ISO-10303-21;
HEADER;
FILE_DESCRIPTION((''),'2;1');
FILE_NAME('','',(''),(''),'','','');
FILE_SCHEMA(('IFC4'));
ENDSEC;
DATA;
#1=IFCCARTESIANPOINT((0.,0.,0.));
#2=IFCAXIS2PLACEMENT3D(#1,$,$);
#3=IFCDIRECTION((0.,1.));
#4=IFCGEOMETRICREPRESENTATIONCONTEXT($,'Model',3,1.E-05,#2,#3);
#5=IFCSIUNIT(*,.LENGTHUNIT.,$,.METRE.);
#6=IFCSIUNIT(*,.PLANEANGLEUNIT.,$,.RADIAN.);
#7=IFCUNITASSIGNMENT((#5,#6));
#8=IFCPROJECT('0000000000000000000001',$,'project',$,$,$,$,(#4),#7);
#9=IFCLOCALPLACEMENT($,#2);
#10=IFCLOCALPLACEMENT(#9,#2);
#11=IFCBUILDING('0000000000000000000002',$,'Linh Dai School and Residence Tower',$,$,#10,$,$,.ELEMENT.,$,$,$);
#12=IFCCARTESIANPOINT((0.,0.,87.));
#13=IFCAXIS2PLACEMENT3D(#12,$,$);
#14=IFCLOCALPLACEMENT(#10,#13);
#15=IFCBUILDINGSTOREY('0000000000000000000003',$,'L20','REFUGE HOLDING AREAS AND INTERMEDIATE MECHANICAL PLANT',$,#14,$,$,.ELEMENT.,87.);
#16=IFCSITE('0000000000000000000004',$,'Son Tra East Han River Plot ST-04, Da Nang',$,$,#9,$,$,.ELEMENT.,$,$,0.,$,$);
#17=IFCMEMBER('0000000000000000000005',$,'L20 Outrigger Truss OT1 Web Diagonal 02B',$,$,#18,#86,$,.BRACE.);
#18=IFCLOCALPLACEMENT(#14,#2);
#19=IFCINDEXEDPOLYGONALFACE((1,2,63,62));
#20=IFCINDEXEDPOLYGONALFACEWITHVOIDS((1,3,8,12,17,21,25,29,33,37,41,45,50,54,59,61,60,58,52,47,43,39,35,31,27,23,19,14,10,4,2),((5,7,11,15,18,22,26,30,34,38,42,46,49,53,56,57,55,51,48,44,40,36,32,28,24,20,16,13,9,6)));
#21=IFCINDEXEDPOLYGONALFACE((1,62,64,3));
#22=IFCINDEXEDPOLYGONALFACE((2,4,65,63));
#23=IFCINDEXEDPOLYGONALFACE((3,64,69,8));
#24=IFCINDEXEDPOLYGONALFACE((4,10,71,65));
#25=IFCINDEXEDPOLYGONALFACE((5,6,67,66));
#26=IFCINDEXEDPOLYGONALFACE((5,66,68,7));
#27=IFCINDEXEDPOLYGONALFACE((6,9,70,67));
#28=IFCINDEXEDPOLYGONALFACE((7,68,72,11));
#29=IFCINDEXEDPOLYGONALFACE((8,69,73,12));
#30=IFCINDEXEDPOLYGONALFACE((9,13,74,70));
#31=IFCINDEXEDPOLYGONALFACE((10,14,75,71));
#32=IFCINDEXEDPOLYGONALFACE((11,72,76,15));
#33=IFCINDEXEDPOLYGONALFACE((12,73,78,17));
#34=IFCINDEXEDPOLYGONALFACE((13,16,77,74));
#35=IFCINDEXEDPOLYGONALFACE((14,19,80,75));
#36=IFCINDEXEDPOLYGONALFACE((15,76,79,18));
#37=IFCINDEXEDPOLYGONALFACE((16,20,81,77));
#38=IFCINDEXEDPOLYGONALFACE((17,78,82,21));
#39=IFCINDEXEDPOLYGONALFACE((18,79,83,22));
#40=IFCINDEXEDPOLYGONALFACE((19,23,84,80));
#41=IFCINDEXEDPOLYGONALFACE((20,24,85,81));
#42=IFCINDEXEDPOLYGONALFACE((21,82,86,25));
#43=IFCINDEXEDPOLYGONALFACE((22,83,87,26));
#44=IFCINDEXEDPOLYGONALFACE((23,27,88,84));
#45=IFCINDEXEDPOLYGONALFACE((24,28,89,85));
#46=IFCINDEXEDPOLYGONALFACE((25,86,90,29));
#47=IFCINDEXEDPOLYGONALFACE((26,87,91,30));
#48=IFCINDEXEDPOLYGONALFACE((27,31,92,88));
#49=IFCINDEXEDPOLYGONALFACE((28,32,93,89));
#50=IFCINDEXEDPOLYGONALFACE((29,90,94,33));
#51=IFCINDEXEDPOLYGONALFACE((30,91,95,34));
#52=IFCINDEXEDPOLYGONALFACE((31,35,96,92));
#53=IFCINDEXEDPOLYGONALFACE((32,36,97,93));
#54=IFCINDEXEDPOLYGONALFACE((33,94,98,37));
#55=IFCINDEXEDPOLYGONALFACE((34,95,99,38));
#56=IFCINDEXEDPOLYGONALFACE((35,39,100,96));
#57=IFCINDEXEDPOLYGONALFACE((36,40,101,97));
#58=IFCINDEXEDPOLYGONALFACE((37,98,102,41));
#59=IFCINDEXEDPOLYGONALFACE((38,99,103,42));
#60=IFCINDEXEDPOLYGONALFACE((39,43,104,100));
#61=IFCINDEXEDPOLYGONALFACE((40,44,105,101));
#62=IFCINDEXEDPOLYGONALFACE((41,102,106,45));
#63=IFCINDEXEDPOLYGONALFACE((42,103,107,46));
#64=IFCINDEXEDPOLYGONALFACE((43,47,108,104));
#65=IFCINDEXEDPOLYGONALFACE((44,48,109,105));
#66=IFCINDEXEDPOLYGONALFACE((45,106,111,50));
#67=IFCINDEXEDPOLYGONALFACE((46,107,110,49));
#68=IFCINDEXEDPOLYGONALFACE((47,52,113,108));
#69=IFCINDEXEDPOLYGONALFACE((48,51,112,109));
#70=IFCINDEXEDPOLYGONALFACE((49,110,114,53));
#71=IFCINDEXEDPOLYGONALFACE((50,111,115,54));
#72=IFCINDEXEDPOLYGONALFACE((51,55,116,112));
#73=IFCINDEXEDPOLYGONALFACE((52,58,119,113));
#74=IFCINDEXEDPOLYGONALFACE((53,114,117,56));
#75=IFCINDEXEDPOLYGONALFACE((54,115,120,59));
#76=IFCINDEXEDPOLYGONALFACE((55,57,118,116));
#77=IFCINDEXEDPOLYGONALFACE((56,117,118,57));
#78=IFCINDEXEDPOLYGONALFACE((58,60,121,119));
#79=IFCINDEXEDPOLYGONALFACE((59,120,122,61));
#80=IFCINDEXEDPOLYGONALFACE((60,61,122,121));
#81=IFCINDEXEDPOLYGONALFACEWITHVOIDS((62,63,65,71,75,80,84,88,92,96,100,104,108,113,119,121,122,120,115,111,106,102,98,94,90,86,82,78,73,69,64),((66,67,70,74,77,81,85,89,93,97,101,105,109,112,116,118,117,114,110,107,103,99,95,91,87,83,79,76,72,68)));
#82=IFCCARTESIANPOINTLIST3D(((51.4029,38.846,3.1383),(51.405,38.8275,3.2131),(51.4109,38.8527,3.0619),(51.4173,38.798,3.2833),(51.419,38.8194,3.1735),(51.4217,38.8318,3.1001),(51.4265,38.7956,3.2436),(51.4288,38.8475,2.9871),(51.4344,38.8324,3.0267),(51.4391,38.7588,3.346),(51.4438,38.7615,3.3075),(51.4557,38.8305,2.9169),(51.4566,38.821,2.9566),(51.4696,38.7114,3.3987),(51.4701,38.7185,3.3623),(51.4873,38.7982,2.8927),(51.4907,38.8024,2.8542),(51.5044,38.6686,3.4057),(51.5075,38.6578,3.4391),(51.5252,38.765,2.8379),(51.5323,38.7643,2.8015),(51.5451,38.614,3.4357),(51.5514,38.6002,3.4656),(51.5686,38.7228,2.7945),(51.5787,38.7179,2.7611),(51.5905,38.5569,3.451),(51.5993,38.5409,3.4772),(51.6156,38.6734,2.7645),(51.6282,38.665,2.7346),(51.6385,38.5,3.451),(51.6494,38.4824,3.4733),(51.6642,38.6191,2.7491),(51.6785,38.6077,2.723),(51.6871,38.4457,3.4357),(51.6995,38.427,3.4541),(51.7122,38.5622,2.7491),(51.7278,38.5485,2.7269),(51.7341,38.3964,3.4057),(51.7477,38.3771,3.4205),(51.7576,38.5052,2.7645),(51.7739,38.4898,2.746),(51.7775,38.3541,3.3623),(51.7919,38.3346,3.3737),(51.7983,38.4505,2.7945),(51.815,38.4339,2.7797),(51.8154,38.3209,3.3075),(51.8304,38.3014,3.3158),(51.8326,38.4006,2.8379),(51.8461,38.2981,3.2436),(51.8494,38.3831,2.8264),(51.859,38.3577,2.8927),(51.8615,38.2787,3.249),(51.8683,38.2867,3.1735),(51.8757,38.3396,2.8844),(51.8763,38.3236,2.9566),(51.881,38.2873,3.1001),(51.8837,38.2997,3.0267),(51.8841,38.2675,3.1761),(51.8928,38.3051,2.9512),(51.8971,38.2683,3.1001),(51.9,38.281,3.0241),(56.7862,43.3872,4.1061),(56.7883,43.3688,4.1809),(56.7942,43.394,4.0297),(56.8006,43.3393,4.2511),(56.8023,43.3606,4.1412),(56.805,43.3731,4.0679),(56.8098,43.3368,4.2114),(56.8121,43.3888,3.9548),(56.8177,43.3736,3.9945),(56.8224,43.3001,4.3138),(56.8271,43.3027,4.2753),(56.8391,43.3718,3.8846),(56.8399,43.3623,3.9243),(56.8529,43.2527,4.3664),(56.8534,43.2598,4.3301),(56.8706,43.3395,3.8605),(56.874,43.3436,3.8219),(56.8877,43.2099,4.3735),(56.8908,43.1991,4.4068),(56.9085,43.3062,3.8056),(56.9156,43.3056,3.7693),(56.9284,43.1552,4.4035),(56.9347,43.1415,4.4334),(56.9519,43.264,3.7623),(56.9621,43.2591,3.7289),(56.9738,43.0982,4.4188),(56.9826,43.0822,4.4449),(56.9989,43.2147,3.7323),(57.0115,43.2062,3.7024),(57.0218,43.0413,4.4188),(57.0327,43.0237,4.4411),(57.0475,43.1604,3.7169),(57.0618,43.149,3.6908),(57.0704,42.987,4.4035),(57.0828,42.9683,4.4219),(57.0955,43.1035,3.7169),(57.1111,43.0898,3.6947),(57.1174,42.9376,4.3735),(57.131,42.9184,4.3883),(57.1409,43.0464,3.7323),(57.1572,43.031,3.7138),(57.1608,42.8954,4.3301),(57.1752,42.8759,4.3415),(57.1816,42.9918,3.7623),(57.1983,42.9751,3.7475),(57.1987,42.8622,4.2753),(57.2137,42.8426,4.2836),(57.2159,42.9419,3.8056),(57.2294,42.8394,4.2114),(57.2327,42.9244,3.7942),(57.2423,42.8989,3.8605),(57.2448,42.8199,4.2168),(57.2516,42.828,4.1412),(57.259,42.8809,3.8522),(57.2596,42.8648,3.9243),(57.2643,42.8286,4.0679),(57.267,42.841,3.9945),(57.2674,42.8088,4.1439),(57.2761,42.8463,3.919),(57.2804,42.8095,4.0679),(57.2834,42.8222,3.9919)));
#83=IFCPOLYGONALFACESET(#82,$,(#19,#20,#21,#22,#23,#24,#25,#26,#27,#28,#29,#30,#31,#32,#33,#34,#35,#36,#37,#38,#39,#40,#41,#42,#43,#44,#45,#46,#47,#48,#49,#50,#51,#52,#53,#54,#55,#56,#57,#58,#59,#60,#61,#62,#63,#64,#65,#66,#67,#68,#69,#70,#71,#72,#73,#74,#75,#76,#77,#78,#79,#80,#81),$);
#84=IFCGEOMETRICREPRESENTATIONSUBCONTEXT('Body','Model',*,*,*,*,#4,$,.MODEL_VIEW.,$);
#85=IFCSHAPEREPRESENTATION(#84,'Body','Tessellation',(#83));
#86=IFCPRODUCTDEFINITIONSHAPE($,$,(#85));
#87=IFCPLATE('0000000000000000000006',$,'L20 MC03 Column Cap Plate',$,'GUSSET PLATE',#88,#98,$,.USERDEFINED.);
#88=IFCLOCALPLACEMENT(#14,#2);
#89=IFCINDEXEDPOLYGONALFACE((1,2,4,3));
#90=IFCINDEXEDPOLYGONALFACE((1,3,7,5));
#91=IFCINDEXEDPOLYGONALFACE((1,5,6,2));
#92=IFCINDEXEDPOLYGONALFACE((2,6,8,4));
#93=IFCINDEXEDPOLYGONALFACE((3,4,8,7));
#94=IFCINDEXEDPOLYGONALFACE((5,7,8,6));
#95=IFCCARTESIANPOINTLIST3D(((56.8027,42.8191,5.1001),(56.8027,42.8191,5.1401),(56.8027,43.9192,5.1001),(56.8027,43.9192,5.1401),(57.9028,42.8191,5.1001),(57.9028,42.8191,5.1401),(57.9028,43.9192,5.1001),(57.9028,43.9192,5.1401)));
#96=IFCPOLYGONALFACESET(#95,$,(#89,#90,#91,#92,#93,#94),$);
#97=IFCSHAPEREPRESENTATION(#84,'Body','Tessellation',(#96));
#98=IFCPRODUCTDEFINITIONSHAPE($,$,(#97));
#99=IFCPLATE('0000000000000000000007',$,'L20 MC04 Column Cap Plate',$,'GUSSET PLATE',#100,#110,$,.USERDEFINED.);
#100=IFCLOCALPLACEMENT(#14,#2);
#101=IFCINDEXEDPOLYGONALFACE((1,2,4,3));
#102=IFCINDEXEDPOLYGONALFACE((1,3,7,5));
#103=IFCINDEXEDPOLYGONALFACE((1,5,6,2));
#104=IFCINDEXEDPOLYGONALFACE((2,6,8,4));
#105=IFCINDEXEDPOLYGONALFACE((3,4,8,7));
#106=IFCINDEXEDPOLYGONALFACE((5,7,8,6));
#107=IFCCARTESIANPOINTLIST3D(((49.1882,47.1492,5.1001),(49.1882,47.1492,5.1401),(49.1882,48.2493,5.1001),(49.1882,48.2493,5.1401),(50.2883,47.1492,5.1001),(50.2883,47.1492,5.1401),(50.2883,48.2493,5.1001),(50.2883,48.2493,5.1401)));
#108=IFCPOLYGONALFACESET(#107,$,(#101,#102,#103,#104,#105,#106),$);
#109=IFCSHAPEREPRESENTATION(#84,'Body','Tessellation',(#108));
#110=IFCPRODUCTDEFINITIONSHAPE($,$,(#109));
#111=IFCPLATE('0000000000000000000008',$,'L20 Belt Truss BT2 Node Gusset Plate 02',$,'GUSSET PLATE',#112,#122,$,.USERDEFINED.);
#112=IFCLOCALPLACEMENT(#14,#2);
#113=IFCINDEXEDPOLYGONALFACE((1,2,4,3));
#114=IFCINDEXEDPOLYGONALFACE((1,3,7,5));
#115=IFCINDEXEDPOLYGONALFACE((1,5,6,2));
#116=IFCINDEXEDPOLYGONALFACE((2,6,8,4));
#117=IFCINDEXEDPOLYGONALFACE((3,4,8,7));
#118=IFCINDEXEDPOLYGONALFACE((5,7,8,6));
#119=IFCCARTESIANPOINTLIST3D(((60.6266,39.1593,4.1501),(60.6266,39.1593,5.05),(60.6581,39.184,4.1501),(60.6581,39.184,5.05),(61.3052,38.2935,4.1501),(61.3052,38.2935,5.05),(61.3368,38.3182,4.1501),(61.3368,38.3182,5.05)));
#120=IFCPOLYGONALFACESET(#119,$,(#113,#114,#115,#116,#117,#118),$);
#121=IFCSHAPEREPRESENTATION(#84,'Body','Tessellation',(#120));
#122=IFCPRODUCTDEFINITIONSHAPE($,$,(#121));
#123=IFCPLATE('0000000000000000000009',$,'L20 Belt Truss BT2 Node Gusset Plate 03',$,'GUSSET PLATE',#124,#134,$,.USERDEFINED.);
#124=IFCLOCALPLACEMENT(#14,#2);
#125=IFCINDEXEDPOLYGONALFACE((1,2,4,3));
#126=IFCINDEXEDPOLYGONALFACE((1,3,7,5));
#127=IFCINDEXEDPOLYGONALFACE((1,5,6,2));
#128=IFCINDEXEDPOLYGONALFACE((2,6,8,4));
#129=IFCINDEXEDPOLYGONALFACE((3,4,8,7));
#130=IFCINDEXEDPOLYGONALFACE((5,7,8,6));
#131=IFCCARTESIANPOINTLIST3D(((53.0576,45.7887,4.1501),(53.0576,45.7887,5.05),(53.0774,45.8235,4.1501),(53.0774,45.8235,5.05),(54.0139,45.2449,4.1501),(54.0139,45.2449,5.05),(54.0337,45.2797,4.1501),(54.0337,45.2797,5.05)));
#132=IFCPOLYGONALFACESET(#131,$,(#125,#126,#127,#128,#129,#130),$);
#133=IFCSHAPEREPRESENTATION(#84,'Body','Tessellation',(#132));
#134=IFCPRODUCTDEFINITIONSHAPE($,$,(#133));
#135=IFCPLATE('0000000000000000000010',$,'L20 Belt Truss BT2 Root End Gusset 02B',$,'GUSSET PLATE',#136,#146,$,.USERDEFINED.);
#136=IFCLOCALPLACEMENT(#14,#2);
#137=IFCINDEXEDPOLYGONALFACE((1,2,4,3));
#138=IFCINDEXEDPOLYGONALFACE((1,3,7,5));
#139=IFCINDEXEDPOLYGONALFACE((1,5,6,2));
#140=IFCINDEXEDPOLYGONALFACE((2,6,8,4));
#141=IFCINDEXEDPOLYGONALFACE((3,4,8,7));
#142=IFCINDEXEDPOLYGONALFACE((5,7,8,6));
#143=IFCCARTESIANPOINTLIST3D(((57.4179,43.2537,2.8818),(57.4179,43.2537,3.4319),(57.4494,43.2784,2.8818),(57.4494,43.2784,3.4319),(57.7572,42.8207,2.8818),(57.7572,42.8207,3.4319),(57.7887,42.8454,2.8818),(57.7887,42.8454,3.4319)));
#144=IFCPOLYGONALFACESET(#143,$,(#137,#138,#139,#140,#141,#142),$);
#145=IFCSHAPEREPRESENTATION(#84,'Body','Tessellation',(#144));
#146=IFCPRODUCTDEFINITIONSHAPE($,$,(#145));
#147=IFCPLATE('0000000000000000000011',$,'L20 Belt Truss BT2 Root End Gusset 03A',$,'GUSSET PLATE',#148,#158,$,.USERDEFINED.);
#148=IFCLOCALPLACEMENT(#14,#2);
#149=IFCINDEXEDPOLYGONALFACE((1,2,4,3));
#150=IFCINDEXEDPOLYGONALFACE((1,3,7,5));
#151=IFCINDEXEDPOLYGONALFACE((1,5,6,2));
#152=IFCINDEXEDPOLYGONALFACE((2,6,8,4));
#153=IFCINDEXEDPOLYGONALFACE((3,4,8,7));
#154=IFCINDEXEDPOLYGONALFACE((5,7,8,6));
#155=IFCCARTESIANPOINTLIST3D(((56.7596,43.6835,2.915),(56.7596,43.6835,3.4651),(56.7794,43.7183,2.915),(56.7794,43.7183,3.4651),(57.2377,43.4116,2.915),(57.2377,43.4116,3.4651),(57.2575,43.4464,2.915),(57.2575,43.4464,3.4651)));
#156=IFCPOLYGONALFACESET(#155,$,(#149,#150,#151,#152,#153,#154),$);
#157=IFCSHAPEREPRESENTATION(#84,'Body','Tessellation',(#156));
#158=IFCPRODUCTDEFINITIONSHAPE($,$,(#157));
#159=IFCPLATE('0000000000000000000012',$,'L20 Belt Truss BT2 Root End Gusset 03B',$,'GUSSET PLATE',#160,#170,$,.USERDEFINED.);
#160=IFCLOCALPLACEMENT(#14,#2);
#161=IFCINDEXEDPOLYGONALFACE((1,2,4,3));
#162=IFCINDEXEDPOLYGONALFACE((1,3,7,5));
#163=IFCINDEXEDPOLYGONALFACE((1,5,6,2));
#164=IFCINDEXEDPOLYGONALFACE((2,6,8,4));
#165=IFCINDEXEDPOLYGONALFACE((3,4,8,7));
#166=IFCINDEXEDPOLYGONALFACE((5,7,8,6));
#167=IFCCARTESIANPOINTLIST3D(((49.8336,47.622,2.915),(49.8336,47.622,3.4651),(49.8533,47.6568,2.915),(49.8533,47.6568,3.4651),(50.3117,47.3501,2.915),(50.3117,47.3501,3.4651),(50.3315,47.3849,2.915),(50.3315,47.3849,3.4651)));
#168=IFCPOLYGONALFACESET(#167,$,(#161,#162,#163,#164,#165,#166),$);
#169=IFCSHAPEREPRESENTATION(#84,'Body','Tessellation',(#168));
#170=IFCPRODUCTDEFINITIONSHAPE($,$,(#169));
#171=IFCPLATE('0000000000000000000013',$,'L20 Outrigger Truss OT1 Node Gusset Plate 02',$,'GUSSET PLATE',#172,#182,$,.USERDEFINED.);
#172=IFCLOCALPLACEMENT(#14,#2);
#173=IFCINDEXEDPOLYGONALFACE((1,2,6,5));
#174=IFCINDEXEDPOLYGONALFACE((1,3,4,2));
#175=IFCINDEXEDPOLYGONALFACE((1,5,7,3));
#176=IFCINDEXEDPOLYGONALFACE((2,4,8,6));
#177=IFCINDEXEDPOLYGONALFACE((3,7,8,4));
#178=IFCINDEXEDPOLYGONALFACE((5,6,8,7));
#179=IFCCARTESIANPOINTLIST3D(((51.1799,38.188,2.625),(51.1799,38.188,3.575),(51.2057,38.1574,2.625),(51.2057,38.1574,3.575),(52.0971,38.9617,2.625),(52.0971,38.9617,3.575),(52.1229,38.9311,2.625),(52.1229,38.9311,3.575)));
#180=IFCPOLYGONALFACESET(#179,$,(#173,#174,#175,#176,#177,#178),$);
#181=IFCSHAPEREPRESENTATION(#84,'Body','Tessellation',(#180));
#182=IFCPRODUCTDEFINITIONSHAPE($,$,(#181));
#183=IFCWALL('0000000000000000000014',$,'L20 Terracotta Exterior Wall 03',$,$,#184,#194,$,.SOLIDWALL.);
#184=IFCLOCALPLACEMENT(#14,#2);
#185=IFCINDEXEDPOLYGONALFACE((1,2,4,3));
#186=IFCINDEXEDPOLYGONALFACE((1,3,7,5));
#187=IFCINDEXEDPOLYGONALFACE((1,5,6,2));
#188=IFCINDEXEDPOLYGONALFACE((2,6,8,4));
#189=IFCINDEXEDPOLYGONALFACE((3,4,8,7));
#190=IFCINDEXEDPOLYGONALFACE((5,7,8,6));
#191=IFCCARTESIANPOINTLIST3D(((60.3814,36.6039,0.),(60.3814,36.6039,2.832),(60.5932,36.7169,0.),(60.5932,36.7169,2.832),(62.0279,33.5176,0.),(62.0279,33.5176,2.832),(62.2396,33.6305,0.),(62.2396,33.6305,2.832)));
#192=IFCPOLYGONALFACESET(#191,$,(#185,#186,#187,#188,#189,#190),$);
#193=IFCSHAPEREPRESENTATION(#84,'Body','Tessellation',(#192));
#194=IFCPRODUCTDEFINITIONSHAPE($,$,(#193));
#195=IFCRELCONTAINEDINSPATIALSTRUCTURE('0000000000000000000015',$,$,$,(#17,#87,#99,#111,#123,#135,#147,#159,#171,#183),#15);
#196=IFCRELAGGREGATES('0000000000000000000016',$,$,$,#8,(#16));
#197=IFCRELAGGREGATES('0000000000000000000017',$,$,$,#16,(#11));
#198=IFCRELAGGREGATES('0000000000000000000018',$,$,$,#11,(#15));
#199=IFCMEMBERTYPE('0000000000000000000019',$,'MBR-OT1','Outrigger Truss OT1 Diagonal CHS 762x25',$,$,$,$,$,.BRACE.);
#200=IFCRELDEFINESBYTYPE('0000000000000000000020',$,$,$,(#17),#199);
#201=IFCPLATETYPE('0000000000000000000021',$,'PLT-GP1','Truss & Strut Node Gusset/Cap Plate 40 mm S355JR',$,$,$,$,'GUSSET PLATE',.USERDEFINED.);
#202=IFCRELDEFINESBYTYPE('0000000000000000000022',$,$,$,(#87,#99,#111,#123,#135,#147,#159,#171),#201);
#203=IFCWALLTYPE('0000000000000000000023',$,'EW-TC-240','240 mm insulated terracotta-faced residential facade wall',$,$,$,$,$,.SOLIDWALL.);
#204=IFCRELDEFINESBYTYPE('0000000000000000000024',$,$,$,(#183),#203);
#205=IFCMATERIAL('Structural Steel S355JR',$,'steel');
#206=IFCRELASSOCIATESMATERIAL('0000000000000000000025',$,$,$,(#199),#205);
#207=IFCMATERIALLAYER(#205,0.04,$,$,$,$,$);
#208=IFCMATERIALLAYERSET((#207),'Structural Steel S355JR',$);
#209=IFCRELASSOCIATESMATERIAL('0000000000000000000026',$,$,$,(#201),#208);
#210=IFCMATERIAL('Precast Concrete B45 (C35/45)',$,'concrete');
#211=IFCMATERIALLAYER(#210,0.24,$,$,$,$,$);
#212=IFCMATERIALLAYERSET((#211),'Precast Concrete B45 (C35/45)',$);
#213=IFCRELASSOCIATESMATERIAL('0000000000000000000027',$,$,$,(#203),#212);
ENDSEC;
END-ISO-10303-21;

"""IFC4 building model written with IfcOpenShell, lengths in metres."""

from ifc_helpers import new_model, si_unit, direction, frame, frame_2d, origin, origin_2d, place, context, subcontext, project, spatial, rectangle, hollow_circle, extrude, source, transform, mapped, material, layer, layer_set, material_profile, profile_set, type_object, element, save


model = new_model("IFC4")

# Units and contexts
model_context = context("Model", 3, precision=1e-05, world=origin(), true_north=direction((0.0, 1.0)))
body_context = subcontext(model_context, "Body", "Model", "MODEL_VIEW")
ifc_project = project(units=[si_unit("LENGTHUNIT", "METRE"), si_unit("PLANEANGLEUNIT", "RADIAN")], contexts=[model_context])

# Site, building, storey
site_placement = place(None, origin())
site = spatial("IfcSite", under=ifc_project, at=site_placement, Name="Son Tra East Han River Plot ST-04, Da Nang", CompositionType="ELEMENT", RefElevation=0.0)
building_placement = place(site_placement, origin())
building = spatial("IfcBuilding", under=site, at=building_placement, Name="Linh Dai School and Residence Tower", CompositionType="ELEMENT")
storey_placement = place(building_placement, frame((0.0, 0.0, 87.0)))
storey = spatial("IfcBuildingStorey", under=building, at=storey_placement, Name="L20", Description="REFUGE HOLDING AREAS AND INTERMEDIATE MECHANICAL PLANT", CompositionType="ELEMENT", Elevation=87.0)

# Shared definitions
ifc_material_1 = material(Name="Structural Steel S355JR", Category="steel")

# Member
ifc_material_profile_1 = material_profile(ifc_material_1, hollow_circle(Radius=0.3811, WallThickness=0.0249, at=origin_2d()), Name="CHS 762x25")
ifc_profile_set_1 = profile_set([ifc_material_profile_1], Name="Structural Steel S355JR")
member_type_1 = type_object("IfcMemberType", Name="MBR-OT1", Description="Outrigger Truss OT1 Diagonal CHS 762x25", PredefinedType="BRACE", material=ifc_profile_set_1)
member_1_placement = place(storey_placement, frame((57.0347, 43.1008, 4.0679), z_axis=(-0.757239, -0.638794, -0.136131), x_axis=(0.644796, -0.764354, 0.0)))
element("IfcMember", 1, at=member_1_placement, inside=storey, type_object=member_type_1, Name="L20 Outrigger Truss OT1 Web Diagonal 02B", PredefinedType="BRACE", context=body_context, shape_type="SweptSolid", body=[
    extrude(hollow_circle(Radius=0.3811, WallThickness=0.0249, at=origin_2d()), origin(), (0.0, 0.0, 1.0), 7.1091),
])

# Plates
ifc_layer_1 = layer(ifc_material_1, 0.04)
ifc_layer_set_1 = layer_set([ifc_layer_1], Name="Structural Steel S355JR")
plate_type = type_object("IfcPlateType", Name="PLT-GP1", Description="Truss & Strut Node Gusset/Cap Plate 40 mm S355JR", ElementType="GUSSET PLATE", PredefinedType="USERDEFINED", material=ifc_layer_set_1)
shared_shape_1 = source(origin(), body_context, "Body", "SweptSolid", [
    extrude(rectangle(XDim=1.1001, YDim=1.1001, at=origin_2d()), origin(), (0.0, 0.0, 1.0), 0.04),
])
for number, where, z_axis, x_axis, name in (
    (2, (57.3528, 43.3691, 5.1001), (0.0, 0.0, 1.0), (1.0, 0.0, 0.0), "L20 MC03 Column Cap Plate"),
    (3, (49.7383, 47.6992, 5.1001), (0.0, 0.0, 1.0), (1.0, 0.0, 0.0), "L20 MC04 Column Cap Plate"),
):
    element("IfcPlate", number, at=place(storey_placement, frame(where, z_axis=z_axis, x_axis=x_axis)), inside=storey, type_object=plate_type, Name=name, ObjectType="GUSSET PLATE", PredefinedType="USERDEFINED", context=body_context, shape_type="MappedRepresentation", body=[
        mapped(shared_shape_1, transform((0.0, 0.0, 0.0), x_axis=(1.0, 0.0, 0.0), y_axis=(0.0, 1.0, 0.0), z_axis=(0.0, 0.0, 1.0), scale=1.0)),
    ])
shared_shape_2 = source(origin(), body_context, "Body", "SweptSolid", [
    extrude(rectangle(XDim=1.1001, YDim=0.04, at=origin_2d()), origin(), (0.0, 0.0, 1.0), 0.8999),
])
for number, where, z_axis, x_axis, name in (
    (4, (60.9817, 38.7388, 4.1501), (0.0, 0.0, 1.0), (-0.616865, 0.787069, 0.0), "L20 Belt Truss BT2 Node Gusset Plate 02"),
    (5, (53.5457, 45.5342, 4.1501), (0.0, 0.0, 1.0), (-0.869278, 0.494323, 0.0), "L20 Belt Truss BT2 Node Gusset Plate 03"),
):
    element("IfcPlate", number, at=place(storey_placement, frame(where, z_axis=z_axis, x_axis=x_axis)), inside=storey, type_object=plate_type, Name=name, ObjectType="GUSSET PLATE", PredefinedType="USERDEFINED", context=body_context, shape_type="MappedRepresentation", body=[
        mapped(shared_shape_2, transform((0.0, 0.0, 0.0), x_axis=(1.0, 0.0, 0.0), y_axis=(0.0, 1.0, 0.0), z_axis=(0.0, 0.0, 1.0), scale=1.0)),
    ])
shared_shape_3 = source(origin(), body_context, "Body", "SweptSolid", [
    extrude(rectangle(XDim=0.55, YDim=0.04, at=origin_2d()), origin(), (0.0, 0.0, 1.0), 0.55),
])
for number, where, z_axis, x_axis, name in (
    (6, (57.6033, 43.0496, 2.8818), (0.0, 0.0, 1.0), (-0.616865, 0.787069, 0.0), "L20 Belt Truss BT2 Root End Gusset 02B"),
    (7, (57.0085, 43.5649, 2.915), (0.0, 0.0, 1.0), (-0.869278, 0.494323, 0.0), "L20 Belt Truss BT2 Root End Gusset 03A"),
    (8, (50.0825, 47.5034, 2.915), (0.0, 0.0, 1.0), (-0.869278, 0.494323, 0.0), "L20 Belt Truss BT2 Root End Gusset 03B"),
):
    element("IfcPlate", number, at=place(storey_placement, frame(where, z_axis=z_axis, x_axis=x_axis)), inside=storey, type_object=plate_type, Name=name, ObjectType="GUSSET PLATE", PredefinedType="USERDEFINED", context=body_context, shape_type="MappedRepresentation", body=[
        mapped(shared_shape_3, transform((0.0, 0.0, 0.0), x_axis=(1.0, 0.0, 0.0), y_axis=(0.0, 1.0, 0.0), z_axis=(0.0, 0.0, 1.0), scale=1.0)),
    ])
shared_shape_4 = source(origin(), body_context, "Body", "SweptSolid", [
    extrude(rectangle(XDim=1.2, YDim=0.04, at=origin_2d()), origin(), (0.0, 0.0, 1.0), 0.95),
])
plate_placement = place(storey_placement, frame((51.6514, 38.5596, 2.625), z_axis=(0.0, 0.0, 1.0), x_axis=(0.764354, 0.644796, 0.0)))
element("IfcPlate", 9, at=plate_placement, inside=storey, type_object=plate_type, Name="L20 Outrigger Truss OT1 Node Gusset Plate 02", ObjectType="GUSSET PLATE", PredefinedType="USERDEFINED", context=body_context, shape_type="MappedRepresentation", body=[
    mapped(shared_shape_4, transform((0.0, 0.0, 0.0), x_axis=(1.0, 0.0, 0.0), y_axis=(0.0, 1.0, 0.0), z_axis=(0.0, 0.0, 1.0), scale=1.0)),
])

# Wall
ifc_material_2 = material(Name="Precast Concrete B45 (C35/45)", Category="concrete")
ifc_layer_2 = layer(ifc_material_2, 0.24)
ifc_layer_set_2 = layer_set([ifc_layer_2], Name="Precast Concrete B45 (C35/45)")
wall_type_1 = type_object("IfcWallType", Name="EW-TC-240", Description="240 mm insulated terracotta-faced residential facade wall", PredefinedType="SOLIDWALL", material=ifc_layer_set_2)
wall_1_placement = place(storey_placement, frame((60.4873, 36.6604, 0.0), z_axis=(0.0, 0.0, 1.0), x_axis=(0.470675, -0.882307, 0.0)))
element("IfcWall", 10, at=wall_1_placement, inside=storey, type_object=wall_type_1, Name="L20 Terracotta Exterior Wall 03", PredefinedType="SOLIDWALL", context=body_context, shape_type="SweptSolid", body=[
    extrude(rectangle(XDim=3.498, YDim=0.24, at=frame_2d((1.749, 0.0))), origin(), (0.0, 0.0, 1.0), 2.832),
])

save(model, "model.ifc")
